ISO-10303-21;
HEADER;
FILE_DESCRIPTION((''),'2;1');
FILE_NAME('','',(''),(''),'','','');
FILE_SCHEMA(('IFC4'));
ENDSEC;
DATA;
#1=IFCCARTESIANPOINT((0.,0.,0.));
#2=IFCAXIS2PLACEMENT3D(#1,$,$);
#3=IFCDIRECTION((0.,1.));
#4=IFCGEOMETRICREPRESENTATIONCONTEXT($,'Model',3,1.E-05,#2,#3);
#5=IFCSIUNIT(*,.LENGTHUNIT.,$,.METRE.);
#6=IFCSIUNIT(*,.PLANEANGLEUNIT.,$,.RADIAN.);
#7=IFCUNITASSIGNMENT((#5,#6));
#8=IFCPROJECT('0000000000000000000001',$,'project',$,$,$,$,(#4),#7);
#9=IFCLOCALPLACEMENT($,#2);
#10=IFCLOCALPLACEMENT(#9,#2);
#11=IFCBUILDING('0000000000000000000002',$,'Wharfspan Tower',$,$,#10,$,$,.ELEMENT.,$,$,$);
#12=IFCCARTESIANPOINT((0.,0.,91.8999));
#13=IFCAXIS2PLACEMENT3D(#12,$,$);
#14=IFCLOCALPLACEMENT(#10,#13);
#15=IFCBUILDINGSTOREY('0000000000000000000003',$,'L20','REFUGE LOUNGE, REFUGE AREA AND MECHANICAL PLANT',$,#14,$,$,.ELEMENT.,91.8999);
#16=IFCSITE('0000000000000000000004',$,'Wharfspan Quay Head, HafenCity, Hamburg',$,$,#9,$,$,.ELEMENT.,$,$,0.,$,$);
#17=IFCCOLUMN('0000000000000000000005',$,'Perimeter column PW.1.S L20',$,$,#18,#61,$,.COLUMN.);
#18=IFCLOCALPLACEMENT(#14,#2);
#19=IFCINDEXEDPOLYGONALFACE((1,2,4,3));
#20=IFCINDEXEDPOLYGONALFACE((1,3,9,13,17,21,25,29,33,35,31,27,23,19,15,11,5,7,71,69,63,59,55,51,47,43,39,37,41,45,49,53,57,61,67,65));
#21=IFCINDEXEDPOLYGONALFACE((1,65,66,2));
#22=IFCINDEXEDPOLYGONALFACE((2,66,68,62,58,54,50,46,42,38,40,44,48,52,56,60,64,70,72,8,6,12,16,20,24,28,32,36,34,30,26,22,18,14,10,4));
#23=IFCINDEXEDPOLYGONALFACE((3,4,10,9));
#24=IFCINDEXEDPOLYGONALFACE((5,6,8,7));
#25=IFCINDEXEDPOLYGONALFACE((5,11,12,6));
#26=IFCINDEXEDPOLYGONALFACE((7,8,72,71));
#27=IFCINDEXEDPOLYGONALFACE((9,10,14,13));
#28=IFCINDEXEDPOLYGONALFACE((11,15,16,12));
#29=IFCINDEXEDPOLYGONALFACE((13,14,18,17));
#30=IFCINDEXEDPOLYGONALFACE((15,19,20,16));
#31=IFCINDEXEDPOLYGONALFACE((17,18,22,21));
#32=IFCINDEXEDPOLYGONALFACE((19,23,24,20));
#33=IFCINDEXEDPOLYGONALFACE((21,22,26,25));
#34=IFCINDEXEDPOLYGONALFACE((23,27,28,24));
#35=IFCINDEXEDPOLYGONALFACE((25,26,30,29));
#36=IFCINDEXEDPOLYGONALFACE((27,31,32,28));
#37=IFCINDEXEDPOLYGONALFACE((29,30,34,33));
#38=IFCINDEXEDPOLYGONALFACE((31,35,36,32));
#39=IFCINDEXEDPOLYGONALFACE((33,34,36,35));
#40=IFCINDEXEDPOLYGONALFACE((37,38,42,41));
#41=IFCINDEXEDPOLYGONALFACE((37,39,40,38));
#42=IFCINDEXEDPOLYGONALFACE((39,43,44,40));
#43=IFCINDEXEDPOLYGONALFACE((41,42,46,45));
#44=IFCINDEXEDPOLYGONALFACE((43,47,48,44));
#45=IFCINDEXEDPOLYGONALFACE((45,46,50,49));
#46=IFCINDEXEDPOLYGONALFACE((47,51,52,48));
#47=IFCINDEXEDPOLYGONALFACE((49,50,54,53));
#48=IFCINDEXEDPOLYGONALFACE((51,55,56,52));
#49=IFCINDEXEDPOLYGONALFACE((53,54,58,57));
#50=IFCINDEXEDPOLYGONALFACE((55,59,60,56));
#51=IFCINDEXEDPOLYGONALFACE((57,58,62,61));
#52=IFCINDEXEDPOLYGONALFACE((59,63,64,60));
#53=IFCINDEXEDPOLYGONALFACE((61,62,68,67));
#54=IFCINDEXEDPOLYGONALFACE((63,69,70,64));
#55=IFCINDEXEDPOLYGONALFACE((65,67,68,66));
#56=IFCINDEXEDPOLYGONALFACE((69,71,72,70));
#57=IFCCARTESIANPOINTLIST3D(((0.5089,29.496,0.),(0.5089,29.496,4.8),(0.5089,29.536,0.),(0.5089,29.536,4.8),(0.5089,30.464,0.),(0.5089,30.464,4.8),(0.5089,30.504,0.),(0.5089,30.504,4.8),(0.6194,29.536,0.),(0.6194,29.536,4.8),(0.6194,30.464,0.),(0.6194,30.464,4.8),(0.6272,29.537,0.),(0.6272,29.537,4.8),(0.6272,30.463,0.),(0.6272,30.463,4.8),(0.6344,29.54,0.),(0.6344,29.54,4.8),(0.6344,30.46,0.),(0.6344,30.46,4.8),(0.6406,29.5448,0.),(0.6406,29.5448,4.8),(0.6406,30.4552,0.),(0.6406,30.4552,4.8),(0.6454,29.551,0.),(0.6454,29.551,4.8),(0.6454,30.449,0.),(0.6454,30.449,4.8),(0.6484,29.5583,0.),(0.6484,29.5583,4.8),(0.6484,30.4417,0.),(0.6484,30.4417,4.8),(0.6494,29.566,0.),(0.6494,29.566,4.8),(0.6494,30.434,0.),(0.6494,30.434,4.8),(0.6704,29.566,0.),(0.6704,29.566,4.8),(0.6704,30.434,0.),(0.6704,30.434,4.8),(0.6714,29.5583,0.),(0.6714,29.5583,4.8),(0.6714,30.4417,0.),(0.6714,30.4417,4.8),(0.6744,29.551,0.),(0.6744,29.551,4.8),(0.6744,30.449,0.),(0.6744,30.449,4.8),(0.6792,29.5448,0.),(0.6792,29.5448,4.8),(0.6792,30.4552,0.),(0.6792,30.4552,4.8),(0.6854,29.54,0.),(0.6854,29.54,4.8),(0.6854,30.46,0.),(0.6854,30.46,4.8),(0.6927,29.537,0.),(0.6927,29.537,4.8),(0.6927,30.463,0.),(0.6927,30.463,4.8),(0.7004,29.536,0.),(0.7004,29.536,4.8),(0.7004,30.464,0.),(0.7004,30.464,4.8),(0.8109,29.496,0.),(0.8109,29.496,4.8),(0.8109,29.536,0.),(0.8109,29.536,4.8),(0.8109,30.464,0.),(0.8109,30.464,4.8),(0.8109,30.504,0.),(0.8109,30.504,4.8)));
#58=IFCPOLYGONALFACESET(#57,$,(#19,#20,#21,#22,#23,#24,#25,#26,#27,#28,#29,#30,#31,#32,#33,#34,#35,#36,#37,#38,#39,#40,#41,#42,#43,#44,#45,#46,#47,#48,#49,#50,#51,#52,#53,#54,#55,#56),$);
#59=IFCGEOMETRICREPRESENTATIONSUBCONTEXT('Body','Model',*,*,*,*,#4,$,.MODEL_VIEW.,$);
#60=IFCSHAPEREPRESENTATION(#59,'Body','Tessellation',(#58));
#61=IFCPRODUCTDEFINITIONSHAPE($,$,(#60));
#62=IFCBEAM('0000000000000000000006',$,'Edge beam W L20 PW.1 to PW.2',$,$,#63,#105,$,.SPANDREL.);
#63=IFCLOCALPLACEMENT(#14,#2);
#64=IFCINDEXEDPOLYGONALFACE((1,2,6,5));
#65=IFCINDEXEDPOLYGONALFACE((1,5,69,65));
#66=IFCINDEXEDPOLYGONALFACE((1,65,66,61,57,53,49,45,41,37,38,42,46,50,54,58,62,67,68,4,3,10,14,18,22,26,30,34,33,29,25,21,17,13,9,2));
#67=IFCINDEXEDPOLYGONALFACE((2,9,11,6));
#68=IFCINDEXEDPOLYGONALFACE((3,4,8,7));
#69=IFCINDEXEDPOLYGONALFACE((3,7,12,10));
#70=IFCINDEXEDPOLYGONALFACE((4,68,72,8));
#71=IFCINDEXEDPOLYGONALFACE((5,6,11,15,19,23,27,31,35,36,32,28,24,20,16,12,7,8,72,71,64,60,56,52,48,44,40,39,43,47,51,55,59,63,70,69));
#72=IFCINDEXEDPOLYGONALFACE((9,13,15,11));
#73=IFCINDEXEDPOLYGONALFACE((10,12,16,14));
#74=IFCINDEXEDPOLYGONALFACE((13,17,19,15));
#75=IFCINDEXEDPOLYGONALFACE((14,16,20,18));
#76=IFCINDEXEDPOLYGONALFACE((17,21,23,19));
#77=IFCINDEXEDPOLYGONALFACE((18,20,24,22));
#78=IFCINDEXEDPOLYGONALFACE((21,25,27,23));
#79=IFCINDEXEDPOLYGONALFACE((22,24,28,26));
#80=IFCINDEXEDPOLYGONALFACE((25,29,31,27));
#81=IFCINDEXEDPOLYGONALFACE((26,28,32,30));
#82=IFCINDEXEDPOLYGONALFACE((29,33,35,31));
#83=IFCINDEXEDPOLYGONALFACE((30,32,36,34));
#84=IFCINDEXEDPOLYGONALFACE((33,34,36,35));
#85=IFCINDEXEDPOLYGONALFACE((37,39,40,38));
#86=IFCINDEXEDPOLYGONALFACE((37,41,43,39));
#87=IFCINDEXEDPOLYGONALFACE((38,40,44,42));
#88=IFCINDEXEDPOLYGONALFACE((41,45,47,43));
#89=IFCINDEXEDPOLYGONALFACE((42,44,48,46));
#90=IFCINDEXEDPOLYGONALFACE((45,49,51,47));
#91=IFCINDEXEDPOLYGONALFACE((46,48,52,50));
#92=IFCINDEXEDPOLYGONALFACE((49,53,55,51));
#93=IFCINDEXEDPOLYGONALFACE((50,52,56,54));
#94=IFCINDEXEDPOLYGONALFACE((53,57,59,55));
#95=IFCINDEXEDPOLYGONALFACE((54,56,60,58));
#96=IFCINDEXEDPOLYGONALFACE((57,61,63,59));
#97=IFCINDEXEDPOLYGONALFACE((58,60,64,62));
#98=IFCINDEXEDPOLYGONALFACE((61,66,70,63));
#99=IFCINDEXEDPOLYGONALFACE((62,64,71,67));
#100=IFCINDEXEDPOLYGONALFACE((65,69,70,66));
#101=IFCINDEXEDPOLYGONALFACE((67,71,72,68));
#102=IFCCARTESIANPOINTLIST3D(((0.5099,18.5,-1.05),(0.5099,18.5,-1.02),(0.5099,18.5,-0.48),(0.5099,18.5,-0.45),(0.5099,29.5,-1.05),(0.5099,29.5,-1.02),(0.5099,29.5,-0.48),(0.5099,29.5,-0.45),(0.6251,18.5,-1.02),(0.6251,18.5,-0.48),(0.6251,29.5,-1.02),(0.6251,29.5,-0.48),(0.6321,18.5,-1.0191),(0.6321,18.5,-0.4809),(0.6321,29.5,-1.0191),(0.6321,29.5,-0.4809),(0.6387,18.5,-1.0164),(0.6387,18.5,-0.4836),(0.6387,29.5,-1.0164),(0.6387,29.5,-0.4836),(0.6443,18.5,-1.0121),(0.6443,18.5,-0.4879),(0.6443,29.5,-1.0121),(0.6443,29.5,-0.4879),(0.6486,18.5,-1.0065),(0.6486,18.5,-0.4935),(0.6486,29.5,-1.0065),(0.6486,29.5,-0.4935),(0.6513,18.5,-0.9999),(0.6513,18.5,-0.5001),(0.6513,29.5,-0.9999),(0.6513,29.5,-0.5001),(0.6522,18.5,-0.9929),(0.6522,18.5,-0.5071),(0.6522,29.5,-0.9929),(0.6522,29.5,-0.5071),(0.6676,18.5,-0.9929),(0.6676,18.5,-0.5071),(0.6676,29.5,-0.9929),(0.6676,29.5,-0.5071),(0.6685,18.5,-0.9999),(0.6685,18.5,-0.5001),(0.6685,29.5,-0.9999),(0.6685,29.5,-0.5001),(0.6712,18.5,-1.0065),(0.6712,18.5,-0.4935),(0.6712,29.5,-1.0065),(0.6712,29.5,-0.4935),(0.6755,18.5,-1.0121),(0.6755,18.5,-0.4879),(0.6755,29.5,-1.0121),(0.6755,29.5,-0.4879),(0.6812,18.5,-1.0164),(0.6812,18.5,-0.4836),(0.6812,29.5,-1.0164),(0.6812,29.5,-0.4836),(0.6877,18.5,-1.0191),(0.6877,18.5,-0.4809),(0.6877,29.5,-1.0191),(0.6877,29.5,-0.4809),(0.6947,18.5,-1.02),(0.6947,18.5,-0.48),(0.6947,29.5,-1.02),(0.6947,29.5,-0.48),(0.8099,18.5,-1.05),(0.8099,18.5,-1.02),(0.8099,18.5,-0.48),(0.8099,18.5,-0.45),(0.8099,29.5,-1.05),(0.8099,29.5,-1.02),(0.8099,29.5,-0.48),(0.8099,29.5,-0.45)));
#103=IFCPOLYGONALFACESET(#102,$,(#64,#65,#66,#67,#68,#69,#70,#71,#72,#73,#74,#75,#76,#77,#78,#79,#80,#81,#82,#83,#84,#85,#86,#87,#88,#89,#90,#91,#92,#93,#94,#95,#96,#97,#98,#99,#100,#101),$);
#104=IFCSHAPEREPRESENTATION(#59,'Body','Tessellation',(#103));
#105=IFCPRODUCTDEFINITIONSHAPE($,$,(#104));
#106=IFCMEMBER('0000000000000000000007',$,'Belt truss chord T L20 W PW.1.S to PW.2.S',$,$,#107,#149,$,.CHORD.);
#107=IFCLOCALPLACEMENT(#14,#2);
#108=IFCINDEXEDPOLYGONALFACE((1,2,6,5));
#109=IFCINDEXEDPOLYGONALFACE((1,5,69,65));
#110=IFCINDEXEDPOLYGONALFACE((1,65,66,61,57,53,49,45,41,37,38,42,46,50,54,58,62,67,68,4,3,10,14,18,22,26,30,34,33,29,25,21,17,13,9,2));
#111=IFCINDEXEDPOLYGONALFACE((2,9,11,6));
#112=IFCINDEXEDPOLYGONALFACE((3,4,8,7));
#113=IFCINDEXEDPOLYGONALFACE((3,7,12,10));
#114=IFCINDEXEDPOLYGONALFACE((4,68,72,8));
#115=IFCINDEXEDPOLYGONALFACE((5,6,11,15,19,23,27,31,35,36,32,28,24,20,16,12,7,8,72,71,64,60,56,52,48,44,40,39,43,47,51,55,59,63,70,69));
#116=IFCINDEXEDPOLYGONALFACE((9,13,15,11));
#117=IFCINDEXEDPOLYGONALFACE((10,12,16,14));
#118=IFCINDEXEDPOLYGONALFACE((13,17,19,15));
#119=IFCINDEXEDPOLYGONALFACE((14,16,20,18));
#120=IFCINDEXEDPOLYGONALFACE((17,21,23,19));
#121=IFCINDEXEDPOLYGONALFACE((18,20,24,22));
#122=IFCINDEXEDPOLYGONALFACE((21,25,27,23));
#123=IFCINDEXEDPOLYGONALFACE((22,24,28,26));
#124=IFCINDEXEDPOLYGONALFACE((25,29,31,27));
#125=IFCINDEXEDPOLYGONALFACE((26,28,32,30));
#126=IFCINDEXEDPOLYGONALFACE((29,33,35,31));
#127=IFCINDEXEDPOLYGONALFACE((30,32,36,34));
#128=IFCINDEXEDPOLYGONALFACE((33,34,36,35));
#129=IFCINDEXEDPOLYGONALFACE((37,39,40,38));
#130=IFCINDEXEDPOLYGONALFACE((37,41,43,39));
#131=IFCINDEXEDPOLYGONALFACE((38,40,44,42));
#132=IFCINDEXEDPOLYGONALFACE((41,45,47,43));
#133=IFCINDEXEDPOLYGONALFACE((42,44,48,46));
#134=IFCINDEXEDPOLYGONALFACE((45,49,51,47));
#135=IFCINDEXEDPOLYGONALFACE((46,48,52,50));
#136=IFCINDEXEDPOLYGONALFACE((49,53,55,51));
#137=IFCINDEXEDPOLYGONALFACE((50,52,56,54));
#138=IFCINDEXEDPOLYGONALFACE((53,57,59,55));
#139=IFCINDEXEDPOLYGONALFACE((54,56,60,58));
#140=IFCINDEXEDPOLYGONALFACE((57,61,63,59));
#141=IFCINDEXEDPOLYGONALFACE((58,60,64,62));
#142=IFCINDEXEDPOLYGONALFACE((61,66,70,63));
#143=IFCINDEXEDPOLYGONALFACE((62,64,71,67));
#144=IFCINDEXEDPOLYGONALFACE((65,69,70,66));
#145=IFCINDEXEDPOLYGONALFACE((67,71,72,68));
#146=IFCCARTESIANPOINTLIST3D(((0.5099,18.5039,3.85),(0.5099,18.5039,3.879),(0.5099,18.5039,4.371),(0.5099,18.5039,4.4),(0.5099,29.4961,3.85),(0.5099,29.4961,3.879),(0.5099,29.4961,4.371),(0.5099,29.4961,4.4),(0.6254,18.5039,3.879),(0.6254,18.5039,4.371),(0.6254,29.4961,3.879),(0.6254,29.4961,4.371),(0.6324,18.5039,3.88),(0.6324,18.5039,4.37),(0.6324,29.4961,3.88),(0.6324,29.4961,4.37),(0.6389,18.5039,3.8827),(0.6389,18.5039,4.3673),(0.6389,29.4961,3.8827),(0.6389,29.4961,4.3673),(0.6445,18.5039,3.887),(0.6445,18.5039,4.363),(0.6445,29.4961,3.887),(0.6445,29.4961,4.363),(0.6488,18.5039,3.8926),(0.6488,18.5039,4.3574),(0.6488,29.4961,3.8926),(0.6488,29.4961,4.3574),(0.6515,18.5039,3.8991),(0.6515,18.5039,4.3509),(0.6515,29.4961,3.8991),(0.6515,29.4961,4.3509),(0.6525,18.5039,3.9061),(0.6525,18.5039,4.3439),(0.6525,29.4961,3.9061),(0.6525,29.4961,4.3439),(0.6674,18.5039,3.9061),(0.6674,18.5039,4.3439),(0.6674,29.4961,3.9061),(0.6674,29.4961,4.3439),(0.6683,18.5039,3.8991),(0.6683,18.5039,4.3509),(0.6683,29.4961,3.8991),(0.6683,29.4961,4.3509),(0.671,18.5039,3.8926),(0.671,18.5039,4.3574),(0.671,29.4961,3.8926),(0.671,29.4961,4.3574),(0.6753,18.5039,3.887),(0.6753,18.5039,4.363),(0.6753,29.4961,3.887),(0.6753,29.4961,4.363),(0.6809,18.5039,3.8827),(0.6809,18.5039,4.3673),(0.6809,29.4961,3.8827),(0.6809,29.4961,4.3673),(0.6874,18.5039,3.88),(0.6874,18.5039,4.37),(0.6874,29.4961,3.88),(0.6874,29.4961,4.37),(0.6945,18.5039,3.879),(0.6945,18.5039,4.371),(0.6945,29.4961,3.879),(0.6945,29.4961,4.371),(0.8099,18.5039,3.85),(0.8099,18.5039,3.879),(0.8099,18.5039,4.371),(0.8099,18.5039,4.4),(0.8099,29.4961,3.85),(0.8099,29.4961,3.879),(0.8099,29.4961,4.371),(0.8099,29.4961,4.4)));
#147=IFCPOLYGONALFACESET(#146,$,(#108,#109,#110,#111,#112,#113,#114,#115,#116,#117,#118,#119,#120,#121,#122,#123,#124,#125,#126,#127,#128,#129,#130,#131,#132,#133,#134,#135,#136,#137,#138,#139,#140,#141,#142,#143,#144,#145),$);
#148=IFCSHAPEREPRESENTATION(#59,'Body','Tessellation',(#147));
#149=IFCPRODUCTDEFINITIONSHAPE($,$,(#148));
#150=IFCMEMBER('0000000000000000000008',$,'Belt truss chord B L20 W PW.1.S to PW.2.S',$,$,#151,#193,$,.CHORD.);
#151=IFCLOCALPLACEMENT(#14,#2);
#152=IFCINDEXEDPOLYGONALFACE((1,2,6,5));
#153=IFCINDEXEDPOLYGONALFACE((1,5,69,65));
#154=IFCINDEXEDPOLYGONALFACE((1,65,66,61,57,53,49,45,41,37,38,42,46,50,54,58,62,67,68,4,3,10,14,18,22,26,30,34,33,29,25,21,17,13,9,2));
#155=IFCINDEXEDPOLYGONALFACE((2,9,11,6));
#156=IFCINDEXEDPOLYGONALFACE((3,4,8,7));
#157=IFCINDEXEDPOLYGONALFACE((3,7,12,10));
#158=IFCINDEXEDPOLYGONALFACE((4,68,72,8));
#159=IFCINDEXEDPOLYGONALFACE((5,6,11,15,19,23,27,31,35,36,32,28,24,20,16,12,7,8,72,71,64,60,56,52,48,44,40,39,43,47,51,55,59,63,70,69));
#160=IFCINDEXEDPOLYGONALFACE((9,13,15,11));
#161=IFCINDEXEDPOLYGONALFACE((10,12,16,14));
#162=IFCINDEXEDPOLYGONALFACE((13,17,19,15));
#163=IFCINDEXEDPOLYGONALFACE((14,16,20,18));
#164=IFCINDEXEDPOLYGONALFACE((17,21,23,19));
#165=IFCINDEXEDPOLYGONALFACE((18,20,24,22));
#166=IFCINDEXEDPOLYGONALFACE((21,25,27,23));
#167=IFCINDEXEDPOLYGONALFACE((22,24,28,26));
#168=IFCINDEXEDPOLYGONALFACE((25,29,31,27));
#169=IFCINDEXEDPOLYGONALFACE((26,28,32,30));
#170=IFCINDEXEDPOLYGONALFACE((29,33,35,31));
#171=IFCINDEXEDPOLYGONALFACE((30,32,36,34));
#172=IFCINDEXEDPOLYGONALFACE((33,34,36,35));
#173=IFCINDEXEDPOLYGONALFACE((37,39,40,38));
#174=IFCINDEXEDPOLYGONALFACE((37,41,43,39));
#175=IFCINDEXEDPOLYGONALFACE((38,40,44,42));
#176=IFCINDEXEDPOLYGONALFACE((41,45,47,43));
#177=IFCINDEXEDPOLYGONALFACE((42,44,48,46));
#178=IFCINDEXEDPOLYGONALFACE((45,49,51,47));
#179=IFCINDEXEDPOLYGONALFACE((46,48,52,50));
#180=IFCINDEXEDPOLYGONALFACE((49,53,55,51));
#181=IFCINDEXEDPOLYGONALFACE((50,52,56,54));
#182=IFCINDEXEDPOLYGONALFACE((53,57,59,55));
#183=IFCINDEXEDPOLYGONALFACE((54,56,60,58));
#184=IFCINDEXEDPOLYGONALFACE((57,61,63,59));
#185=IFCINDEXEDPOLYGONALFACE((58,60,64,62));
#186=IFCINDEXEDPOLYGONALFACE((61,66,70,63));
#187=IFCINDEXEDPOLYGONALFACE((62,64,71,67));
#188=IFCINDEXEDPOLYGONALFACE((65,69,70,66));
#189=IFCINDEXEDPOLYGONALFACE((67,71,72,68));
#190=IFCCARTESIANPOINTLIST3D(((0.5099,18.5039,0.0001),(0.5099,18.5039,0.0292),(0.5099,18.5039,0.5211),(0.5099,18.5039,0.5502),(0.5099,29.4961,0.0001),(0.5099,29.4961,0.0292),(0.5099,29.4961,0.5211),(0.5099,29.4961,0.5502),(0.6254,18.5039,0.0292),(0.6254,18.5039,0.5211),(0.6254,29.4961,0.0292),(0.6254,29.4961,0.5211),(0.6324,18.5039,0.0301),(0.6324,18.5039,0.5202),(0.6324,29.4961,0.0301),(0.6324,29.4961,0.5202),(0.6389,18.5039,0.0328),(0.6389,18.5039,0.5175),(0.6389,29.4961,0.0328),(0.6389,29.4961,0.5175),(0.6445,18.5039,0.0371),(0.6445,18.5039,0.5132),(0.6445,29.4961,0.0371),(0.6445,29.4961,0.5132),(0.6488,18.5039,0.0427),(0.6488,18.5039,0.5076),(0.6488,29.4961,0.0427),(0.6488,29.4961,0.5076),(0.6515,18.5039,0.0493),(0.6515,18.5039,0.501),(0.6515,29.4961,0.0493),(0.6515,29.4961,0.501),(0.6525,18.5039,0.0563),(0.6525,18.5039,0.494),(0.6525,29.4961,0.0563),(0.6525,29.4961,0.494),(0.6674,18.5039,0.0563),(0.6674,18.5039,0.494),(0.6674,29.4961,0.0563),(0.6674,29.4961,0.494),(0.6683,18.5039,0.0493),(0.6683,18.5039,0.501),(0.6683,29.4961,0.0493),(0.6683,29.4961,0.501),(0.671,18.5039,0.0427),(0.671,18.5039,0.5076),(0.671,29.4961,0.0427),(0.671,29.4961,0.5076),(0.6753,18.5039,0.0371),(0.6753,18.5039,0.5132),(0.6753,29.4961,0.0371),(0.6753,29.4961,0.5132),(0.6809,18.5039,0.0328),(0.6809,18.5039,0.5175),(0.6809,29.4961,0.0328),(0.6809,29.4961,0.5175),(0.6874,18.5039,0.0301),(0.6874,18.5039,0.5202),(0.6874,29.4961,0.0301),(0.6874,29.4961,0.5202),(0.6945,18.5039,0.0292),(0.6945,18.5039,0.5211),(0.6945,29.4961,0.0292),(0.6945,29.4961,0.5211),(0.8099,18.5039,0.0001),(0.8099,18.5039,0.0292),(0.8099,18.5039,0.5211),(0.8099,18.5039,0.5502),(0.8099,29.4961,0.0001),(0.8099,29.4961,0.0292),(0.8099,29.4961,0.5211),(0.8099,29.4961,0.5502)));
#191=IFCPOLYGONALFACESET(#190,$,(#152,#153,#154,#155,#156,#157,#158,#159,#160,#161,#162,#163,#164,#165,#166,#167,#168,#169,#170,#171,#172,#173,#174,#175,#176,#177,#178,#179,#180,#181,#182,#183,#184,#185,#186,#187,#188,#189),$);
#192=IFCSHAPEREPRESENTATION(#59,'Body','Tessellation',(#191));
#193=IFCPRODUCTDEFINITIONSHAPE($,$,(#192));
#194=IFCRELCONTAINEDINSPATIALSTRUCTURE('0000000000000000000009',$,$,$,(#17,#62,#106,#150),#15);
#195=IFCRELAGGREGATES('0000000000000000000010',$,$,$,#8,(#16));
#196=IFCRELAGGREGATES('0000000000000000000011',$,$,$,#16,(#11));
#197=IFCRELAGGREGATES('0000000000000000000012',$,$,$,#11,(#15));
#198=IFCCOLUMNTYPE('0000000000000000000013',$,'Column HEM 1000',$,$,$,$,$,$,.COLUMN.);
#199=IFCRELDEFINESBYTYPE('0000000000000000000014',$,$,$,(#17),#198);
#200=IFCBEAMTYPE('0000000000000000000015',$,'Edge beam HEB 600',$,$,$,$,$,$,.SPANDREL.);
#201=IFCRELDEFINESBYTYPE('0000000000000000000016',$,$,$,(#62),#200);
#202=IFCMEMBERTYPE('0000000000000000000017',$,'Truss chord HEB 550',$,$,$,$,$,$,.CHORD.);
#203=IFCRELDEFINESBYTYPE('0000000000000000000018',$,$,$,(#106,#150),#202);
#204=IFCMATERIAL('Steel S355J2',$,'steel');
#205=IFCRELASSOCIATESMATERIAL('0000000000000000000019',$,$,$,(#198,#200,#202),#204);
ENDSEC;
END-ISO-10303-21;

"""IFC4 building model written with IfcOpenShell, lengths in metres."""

from ifc_helpers import new_model, si_unit, direction, frame, origin, origin_2d, place, context, subcontext, project, spatial, i_section, extrude, material, material_profile, profile_set, type_object, element, save


model = new_model("IFC4")

# Units and contexts
model_context = context("Model", 3, precision=1e-05, world=origin(), true_north=direction((0.0, 1.0)))
body_context = subcontext(model_context, "Body", "Model", "MODEL_VIEW")
ifc_project = project(units=[si_unit("LENGTHUNIT", "METRE"), si_unit("PLANEANGLEUNIT", "RADIAN")], contexts=[model_context])

# Site, building, storey
site_placement = place(None, origin())
site = spatial("IfcSite", under=ifc_project, at=site_placement, Name="Wharfspan Quay Head, HafenCity, Hamburg", CompositionType="ELEMENT", RefElevation=0.0)
building_placement = place(site_placement, origin())
building = spatial("IfcBuilding", under=site, at=building_placement, Name="Wharfspan Tower", CompositionType="ELEMENT")
storey_placement = place(building_placement, frame((0.0, 0.0, 91.8999)))
storey = spatial("IfcBuildingStorey", under=building, at=storey_placement, Name="L20", Description="REFUGE LOUNGE, REFUGE AREA AND MECHANICAL PLANT", CompositionType="ELEMENT", Elevation=91.8999)

# Column
ifc_material_1 = material(Name="Steel S355J2", Category="steel")
ifc_material_profile_1 = material_profile(ifc_material_1, i_section(OverallWidth=0.302, OverallDepth=1.0081, WebThickness=0.021, FlangeThickness=0.04, FilletRadius=0.03, at=origin_2d()))
ifc_profile_set_1 = profile_set([ifc_material_profile_1], Name="Steel S355J2")
column_type = type_object("IfcColumnType", Name="Column HEM 1000", PredefinedType="COLUMN", material=ifc_profile_set_1)
column_placement = place(storey_placement, frame((0.6599, 30.0, 0.0), z_axis=(0.0, 0.0, 1.0), x_axis=(-1.0, 0.0, 0.0)))
element("IfcColumn", 1, at=column_placement, inside=storey, type_object=column_type, Name="Perimeter column PW.1.S L20", PredefinedType="COLUMN", context=body_context, shape_type="SweptSolid", body=[
    extrude(i_section(OverallWidth=0.302, OverallDepth=1.0081, WebThickness=0.021, FlangeThickness=0.04, FilletRadius=0.03, at=origin_2d()), origin(), (0.0, 0.0, 1.0), 4.8),
])

# Beam
ifc_material_profile_2 = material_profile(ifc_material_1, i_section(OverallWidth=0.3, OverallDepth=0.6001, WebThickness=0.0154, FlangeThickness=0.03, FilletRadius=0.0271, at=origin_2d()))
ifc_profile_set_2 = profile_set([ifc_material_profile_2], Name="Steel S355J2")
beam_type = type_object("IfcBeamType", Name="Edge beam HEB 600", PredefinedType="SPANDREL", material=ifc_profile_set_2)
beam_placement = place(storey_placement, frame((0.6599, 29.5, -0.75), z_axis=(0.0, -1.0, 0.0), x_axis=(1.0, 0.0, 0.0)))
element("IfcBeam", 2, at=beam_placement, inside=storey, type_object=beam_type, Name="Edge beam W L20 PW.1 to PW.2", PredefinedType="SPANDREL", context=body_context, shape_type="SweptSolid", body=[
    extrude(i_section(OverallWidth=0.3, OverallDepth=0.6001, WebThickness=0.0154, FlangeThickness=0.03, FilletRadius=0.0271, at=origin_2d()), origin(), (0.0, 0.0, 1.0), 11.0),
])

# Members
ifc_material_profile_3 = material_profile(ifc_material_1, i_section(OverallWidth=0.3, OverallDepth=0.55, WebThickness=0.0149, FlangeThickness=0.0291, FilletRadius=0.0271, at=origin_2d()))
ifc_profile_set_3 = profile_set([ifc_material_profile_3], Name="Steel S355J2")
member_type_1 = type_object("IfcMemberType", Name="Truss chord HEB 550", PredefinedType="CHORD", material=ifc_profile_set_3)
for number, where, z_axis, x_axis, name in (
    (3, (0.6599, 29.4961, 4.125), (0.0, -1.0, 0.0), (1.0, 0.0, 0.0), "Belt truss chord T L20 W PW.1.S to PW.2.S"),
    (4, (0.6599, 29.4961, 0.2751), (0.0, -1.0, 0.0), (1.0, 0.0, 0.0), "Belt truss chord B L20 W PW.1.S to PW.2.S"),
):
    element("IfcMember", number, at=place(storey_placement, frame(where, z_axis=z_axis, x_axis=x_axis)), inside=storey, type_object=member_type_1, Name=name, PredefinedType="CHORD", context=body_context, shape_type="SweptSolid", body=[
        extrude(i_section(OverallWidth=0.3, OverallDepth=0.55, WebThickness=0.0149, FlangeThickness=0.0291, FilletRadius=0.0271, at=origin_2d()), origin(), (0.0, 0.0, 1.0), 10.9922),
    ])

save(model, "model.ifc")
